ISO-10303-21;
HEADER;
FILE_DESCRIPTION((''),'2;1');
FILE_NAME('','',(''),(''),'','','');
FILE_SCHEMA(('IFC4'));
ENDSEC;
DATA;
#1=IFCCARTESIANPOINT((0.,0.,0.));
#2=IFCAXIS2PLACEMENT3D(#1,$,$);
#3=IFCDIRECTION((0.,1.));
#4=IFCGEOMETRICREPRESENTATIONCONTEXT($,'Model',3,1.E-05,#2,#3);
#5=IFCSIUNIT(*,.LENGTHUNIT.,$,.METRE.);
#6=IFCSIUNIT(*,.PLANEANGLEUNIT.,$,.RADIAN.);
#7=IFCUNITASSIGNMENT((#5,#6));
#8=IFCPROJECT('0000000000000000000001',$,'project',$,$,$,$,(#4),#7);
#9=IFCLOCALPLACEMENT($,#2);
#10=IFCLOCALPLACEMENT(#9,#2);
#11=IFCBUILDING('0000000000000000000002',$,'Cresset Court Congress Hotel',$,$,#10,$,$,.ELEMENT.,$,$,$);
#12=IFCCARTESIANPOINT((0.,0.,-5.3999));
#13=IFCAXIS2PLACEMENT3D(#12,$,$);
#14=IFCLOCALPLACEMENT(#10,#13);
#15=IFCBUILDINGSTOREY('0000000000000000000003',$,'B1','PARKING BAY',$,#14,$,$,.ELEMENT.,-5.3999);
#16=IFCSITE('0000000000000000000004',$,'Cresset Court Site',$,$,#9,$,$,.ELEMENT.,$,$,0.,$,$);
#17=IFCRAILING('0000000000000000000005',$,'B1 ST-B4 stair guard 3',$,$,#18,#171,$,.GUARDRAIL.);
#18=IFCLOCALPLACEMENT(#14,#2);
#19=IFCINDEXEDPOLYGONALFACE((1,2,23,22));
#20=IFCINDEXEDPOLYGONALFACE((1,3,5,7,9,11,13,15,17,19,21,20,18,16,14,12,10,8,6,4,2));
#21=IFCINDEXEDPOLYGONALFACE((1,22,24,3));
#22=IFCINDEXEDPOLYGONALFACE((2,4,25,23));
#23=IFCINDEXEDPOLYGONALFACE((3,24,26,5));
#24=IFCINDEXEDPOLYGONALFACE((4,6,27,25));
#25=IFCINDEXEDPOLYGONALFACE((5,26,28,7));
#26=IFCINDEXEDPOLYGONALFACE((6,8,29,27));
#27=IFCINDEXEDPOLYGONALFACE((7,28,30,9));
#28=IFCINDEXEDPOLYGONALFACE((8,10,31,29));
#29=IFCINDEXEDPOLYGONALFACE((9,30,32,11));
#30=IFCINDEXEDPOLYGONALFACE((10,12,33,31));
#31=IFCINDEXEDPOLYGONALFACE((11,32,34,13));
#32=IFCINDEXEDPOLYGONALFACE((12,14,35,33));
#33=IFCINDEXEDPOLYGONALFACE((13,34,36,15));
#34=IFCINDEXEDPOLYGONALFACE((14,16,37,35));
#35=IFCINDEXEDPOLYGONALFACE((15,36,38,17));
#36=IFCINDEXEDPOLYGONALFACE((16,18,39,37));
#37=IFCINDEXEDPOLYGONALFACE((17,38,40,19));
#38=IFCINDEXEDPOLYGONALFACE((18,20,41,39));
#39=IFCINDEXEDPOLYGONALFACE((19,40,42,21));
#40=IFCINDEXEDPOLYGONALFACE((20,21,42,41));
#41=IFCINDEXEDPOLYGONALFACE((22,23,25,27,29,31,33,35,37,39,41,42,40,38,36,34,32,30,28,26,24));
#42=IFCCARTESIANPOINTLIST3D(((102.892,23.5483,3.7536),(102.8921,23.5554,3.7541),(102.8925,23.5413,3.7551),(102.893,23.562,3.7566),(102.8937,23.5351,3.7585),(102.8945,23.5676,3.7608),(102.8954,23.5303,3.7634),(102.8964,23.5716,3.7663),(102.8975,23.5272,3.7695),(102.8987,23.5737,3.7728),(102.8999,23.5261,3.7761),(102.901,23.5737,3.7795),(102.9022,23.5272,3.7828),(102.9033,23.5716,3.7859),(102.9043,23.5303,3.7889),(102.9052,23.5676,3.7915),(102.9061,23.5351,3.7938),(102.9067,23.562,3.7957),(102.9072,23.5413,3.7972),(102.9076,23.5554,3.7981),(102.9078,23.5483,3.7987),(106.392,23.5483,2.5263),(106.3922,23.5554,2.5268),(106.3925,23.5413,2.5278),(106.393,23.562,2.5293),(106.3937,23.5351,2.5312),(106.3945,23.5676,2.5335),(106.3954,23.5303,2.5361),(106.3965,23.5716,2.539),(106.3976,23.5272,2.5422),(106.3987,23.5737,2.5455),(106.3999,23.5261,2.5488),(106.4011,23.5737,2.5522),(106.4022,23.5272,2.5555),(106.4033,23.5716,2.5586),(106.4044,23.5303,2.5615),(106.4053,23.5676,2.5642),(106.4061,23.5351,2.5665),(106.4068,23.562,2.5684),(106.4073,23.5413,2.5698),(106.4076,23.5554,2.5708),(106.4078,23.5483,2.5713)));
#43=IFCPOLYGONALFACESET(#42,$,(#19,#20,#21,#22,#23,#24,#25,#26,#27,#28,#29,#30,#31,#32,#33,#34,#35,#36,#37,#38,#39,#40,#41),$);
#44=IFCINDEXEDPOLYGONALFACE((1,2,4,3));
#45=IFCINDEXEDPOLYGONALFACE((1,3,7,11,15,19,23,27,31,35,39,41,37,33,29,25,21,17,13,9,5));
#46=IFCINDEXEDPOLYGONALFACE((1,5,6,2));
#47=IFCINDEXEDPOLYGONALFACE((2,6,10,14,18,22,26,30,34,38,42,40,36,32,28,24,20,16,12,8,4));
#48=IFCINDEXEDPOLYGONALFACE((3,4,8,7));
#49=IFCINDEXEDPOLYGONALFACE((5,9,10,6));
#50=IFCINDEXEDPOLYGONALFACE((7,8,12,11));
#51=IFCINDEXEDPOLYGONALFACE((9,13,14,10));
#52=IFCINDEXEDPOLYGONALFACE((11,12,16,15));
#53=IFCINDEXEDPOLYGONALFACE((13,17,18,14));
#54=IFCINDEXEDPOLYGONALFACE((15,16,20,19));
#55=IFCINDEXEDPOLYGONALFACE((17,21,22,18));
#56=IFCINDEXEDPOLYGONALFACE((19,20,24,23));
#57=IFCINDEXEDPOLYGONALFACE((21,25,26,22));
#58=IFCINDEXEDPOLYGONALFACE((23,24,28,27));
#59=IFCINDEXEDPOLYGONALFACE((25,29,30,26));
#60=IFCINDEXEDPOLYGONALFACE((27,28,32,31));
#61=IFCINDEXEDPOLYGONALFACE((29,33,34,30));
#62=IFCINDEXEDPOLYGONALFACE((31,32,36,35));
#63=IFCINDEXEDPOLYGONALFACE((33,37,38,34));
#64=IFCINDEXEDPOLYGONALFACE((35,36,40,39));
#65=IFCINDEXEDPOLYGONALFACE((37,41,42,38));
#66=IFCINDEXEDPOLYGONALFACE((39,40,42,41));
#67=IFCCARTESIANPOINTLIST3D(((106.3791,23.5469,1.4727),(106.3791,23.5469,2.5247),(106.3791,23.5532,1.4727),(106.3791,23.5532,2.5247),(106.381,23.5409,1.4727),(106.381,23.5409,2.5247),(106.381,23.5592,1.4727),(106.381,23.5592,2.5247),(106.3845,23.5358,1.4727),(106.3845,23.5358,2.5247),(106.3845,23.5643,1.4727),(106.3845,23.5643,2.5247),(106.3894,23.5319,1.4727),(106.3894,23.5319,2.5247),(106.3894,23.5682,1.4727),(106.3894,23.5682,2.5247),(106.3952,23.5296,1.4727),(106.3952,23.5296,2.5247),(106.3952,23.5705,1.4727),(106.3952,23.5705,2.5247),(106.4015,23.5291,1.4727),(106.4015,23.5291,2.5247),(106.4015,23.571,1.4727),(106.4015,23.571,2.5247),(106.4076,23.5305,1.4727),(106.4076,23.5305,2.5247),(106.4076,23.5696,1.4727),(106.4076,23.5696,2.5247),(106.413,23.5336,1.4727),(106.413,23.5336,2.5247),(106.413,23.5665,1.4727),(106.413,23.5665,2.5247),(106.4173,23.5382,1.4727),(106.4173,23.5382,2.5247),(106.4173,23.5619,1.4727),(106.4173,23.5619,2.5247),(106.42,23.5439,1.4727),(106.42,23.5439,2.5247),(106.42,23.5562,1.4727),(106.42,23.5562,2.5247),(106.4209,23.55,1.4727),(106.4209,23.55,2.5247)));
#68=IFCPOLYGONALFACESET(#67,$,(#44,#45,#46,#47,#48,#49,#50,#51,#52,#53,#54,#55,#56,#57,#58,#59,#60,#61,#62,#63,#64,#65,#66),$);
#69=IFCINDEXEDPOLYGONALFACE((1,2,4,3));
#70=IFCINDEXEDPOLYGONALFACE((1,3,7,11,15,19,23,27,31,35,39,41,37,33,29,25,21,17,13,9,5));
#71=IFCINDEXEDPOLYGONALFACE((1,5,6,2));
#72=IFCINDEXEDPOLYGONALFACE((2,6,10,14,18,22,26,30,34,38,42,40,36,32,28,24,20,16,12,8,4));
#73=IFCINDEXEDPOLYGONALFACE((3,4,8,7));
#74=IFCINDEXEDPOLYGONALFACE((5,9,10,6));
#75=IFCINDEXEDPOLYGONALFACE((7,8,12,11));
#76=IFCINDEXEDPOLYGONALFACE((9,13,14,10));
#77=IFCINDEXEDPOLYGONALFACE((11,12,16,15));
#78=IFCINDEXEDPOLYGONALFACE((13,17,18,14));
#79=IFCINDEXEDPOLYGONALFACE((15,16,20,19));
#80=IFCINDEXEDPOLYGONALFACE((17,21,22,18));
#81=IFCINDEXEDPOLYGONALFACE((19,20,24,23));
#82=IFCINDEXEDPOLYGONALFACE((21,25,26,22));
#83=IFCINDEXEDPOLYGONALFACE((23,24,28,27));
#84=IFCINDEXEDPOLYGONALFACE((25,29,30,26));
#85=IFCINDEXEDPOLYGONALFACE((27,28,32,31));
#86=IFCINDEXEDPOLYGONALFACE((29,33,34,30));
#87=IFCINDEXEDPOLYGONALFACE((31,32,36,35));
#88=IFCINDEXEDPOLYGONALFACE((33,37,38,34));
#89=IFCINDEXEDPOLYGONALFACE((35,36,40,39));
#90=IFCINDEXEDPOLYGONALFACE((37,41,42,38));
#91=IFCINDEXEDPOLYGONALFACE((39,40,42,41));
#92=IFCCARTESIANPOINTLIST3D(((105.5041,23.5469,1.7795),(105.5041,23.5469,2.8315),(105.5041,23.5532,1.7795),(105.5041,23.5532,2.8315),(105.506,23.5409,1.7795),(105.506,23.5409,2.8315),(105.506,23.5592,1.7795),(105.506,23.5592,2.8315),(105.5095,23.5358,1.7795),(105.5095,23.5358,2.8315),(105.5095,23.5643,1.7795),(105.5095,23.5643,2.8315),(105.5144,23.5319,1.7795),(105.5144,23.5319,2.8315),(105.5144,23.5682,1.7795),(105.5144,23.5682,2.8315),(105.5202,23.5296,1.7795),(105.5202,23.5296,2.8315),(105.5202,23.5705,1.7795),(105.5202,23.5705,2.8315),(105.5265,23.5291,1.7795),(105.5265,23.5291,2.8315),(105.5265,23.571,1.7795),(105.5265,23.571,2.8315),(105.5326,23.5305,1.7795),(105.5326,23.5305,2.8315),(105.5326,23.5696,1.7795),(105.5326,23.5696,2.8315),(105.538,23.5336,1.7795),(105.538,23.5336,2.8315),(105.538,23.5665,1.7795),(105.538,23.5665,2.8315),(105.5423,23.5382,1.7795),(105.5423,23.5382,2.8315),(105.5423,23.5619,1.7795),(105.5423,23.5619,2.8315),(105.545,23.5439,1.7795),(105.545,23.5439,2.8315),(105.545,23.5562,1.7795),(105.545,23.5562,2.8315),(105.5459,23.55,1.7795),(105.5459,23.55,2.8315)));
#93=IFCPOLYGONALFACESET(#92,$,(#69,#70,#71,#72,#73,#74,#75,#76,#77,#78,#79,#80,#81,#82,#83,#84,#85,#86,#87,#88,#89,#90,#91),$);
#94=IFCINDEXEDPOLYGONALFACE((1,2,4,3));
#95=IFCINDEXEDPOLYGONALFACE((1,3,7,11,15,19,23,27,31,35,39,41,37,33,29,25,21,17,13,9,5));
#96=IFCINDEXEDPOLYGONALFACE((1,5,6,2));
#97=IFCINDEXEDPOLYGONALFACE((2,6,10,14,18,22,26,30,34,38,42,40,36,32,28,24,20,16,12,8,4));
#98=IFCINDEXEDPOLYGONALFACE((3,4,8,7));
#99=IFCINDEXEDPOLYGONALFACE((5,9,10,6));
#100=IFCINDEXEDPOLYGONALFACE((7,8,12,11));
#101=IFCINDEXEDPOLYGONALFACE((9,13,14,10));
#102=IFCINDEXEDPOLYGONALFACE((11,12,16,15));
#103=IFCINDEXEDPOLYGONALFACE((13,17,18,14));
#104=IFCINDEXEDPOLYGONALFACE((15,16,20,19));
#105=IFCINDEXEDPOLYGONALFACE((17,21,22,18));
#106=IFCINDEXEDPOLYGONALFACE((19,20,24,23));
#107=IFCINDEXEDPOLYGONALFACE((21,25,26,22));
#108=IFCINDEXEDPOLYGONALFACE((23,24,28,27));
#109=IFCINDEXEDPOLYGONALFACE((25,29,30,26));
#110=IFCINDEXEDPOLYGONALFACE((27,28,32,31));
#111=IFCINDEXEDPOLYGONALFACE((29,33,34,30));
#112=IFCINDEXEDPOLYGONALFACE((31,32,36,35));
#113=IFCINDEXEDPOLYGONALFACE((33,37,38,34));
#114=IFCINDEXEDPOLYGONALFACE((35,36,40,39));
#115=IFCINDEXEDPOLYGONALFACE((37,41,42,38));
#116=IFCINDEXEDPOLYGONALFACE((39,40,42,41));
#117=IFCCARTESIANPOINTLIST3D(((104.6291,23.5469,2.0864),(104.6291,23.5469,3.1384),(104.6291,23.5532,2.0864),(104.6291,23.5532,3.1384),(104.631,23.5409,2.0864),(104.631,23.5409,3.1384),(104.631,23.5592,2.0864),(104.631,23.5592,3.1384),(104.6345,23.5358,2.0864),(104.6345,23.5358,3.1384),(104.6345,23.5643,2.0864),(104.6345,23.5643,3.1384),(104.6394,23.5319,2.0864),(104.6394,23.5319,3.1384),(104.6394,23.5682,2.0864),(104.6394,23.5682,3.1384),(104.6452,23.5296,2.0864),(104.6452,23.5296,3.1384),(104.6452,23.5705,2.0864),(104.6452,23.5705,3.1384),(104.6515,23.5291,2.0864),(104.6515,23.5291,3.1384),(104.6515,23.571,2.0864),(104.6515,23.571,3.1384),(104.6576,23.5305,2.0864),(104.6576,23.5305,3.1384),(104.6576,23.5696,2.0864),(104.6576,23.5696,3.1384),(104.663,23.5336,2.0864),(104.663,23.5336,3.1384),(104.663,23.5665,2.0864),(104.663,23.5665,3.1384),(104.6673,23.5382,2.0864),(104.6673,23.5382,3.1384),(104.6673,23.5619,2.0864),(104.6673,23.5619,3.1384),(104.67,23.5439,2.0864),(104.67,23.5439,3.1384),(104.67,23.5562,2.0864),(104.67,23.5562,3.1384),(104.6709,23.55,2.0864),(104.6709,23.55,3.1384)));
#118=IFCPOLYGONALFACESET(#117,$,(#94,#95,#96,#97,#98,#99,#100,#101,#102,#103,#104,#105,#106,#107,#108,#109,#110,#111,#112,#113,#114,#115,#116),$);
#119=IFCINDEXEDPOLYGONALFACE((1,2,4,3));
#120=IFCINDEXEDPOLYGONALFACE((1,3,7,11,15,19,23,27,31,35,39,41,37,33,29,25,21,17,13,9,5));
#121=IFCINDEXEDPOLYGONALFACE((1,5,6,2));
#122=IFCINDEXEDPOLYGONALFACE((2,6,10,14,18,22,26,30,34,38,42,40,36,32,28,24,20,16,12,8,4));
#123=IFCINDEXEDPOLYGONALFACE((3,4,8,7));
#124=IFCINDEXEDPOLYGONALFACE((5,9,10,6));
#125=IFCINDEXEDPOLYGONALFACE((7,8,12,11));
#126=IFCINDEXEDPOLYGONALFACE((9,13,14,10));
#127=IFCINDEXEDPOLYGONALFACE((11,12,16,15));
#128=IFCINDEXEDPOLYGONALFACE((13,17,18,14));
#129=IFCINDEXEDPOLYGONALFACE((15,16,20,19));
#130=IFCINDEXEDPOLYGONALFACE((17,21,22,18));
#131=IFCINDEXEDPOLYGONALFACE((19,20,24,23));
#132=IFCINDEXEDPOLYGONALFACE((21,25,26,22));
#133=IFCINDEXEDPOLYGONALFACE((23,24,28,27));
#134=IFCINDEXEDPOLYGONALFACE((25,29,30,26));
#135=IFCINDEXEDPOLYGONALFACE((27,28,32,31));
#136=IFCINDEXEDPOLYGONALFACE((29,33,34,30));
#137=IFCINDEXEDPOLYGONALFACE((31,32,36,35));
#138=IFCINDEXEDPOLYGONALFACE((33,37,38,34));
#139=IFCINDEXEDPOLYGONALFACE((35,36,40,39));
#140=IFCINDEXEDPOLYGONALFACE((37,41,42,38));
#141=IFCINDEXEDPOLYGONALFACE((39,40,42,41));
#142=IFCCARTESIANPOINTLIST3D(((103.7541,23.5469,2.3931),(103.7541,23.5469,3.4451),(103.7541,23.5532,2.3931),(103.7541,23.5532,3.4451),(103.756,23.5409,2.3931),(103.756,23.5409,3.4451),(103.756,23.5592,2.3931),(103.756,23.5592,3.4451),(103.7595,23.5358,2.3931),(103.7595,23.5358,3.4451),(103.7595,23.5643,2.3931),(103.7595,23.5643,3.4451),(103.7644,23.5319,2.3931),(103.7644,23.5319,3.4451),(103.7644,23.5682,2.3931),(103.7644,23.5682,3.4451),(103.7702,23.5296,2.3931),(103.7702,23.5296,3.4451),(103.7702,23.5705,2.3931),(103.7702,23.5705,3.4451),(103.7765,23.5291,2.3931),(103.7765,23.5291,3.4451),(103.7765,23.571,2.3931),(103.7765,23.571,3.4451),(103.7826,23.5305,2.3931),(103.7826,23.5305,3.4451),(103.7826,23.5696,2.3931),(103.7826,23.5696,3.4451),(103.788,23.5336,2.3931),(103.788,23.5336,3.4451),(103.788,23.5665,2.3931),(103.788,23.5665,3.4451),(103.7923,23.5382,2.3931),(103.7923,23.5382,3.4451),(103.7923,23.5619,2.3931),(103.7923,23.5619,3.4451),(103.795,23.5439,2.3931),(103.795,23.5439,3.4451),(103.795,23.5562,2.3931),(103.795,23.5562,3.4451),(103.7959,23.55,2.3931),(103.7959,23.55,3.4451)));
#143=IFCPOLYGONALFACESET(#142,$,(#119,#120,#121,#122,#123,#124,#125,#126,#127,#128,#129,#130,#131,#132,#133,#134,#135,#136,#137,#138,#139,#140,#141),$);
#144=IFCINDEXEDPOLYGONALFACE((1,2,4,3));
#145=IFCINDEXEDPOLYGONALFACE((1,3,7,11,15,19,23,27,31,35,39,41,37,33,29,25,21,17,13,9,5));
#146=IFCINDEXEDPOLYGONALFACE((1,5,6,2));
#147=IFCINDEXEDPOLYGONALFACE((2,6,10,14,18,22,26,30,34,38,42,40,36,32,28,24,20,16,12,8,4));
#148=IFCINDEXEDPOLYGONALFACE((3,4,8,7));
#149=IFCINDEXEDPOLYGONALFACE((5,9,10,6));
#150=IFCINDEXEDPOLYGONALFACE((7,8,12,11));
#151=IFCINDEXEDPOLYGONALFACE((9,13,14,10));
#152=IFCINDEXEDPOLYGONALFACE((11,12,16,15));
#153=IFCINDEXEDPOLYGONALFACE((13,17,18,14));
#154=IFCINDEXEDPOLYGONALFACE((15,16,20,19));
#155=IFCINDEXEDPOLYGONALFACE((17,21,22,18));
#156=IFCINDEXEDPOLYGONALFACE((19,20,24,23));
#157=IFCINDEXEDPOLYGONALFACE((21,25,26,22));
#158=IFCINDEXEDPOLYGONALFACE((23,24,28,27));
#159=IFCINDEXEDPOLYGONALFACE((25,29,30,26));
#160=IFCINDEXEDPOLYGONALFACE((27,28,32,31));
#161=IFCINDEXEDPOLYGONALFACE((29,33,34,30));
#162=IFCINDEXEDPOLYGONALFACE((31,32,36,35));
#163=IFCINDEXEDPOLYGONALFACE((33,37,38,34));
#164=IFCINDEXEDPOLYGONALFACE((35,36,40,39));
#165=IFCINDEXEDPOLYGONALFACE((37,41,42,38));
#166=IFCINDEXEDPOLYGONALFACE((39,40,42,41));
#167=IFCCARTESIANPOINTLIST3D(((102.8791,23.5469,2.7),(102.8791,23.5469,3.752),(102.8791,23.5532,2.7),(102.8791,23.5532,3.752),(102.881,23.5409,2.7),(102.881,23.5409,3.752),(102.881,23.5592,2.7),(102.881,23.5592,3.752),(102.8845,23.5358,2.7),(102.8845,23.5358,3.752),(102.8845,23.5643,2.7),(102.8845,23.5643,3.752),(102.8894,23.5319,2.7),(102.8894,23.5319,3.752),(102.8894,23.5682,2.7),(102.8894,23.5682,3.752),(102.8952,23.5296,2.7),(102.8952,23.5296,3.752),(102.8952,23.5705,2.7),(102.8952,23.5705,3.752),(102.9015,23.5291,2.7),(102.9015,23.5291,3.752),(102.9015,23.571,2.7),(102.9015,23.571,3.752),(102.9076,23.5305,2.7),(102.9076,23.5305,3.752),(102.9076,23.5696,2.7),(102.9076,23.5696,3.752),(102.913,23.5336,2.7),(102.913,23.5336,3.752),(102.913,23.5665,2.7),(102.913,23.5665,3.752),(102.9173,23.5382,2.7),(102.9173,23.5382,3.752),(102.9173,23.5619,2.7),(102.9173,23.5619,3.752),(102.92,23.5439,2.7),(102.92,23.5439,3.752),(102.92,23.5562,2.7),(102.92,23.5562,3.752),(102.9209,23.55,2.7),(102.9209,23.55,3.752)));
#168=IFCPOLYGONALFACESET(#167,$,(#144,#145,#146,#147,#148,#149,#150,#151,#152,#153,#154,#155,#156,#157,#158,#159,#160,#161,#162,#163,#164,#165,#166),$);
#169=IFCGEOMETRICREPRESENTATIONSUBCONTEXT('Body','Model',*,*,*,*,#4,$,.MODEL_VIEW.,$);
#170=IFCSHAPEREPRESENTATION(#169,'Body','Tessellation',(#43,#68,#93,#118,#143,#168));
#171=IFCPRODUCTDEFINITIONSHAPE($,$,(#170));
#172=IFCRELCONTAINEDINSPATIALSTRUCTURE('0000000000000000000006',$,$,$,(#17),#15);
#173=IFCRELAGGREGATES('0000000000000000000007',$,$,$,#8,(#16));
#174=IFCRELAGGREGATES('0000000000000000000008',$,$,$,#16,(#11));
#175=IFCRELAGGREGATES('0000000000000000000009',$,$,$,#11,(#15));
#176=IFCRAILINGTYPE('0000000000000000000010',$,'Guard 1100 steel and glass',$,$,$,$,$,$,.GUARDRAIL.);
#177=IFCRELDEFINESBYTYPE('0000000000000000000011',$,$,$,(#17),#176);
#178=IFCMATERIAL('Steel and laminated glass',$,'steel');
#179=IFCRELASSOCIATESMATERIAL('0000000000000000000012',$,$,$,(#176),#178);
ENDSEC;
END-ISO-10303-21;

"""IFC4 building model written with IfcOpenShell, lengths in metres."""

from ifc_helpers import new_model, si_unit, direction, frame, origin, origin_2d, place, context, subcontext, project, spatial, circle, extrude, material, type_object, element, save


model = new_model("IFC4")

# Units and contexts
model_context = context("Model", 3, precision=1e-05, world=origin(), true_north=direction((0.0, 1.0)))
body_context = subcontext(model_context, "Body", "Model", "MODEL_VIEW")
ifc_project = project(units=[si_unit("LENGTHUNIT", "METRE"), si_unit("PLANEANGLEUNIT", "RADIAN")], contexts=[model_context])

# Site, building, storey
site_placement = place(None, origin())
site = spatial("IfcSite", under=ifc_project, at=site_placement, Name="Cresset Court Site", CompositionType="ELEMENT", RefElevation=0.0)
building_placement = place(site_placement, origin())
building = spatial("IfcBuilding", under=site, at=building_placement, Name="Cresset Court Congress Hotel", CompositionType="ELEMENT")
storey_placement = place(building_placement, frame((0.0, 0.0, -5.3999)))
storey = spatial("IfcBuildingStorey", under=building, at=storey_placement, Name="B1", Description="PARKING BAY", CompositionType="ELEMENT", Elevation=-5.3999)

# Railing
ifc_material_1 = material(Name="Steel and laminated glass", Category="steel")
railing_type_1 = type_object("IfcRailingType", Name="Guard 1100 steel and glass", PredefinedType="GUARDRAIL", material=ifc_material_1)
railing_1_placement = place(storey_placement, frame((106.3999, 23.55, 1.4727)))
element("IfcRailing", 1, at=railing_1_placement, inside=storey, type_object=railing_type_1, Name="B1 ST-B4 stair guard 3", PredefinedType="GUARDRAIL", context=body_context, shape_type="SweptSolid", body=[
    extrude(circle(Radius=0.0239, at=origin_2d()), frame((0.0, 0.0, 1.0762), z_axis=(-0.943665, 0.0, 0.330902), x_axis=(0.0, -1.0, 0.0)), (0.0, 0.0, 1.0), 3.709),
    extrude(circle(Radius=0.021, at=origin_2d()), origin(), (0.0, 0.0, 1.0), 1.052),
    extrude(circle(Radius=0.021, at=origin_2d()), frame((-0.875, 0.0, 0.3069)), (0.0, 0.0, 1.0), 1.052),
    extrude(circle(Radius=0.021, at=origin_2d()), frame((-1.75, 0.0, 0.6138)), (0.0, 0.0, 1.0), 1.052),
    extrude(circle(Radius=0.021, at=origin_2d()), frame((-2.625, 0.0, 0.9204)), (0.0, 0.0, 1.0), 1.052),
    extrude(circle(Radius=0.021, at=origin_2d()), frame((-3.5, 0.0, 1.2273)), (0.0, 0.0, 1.0), 1.052),
])

save(model, "model.ifc")
